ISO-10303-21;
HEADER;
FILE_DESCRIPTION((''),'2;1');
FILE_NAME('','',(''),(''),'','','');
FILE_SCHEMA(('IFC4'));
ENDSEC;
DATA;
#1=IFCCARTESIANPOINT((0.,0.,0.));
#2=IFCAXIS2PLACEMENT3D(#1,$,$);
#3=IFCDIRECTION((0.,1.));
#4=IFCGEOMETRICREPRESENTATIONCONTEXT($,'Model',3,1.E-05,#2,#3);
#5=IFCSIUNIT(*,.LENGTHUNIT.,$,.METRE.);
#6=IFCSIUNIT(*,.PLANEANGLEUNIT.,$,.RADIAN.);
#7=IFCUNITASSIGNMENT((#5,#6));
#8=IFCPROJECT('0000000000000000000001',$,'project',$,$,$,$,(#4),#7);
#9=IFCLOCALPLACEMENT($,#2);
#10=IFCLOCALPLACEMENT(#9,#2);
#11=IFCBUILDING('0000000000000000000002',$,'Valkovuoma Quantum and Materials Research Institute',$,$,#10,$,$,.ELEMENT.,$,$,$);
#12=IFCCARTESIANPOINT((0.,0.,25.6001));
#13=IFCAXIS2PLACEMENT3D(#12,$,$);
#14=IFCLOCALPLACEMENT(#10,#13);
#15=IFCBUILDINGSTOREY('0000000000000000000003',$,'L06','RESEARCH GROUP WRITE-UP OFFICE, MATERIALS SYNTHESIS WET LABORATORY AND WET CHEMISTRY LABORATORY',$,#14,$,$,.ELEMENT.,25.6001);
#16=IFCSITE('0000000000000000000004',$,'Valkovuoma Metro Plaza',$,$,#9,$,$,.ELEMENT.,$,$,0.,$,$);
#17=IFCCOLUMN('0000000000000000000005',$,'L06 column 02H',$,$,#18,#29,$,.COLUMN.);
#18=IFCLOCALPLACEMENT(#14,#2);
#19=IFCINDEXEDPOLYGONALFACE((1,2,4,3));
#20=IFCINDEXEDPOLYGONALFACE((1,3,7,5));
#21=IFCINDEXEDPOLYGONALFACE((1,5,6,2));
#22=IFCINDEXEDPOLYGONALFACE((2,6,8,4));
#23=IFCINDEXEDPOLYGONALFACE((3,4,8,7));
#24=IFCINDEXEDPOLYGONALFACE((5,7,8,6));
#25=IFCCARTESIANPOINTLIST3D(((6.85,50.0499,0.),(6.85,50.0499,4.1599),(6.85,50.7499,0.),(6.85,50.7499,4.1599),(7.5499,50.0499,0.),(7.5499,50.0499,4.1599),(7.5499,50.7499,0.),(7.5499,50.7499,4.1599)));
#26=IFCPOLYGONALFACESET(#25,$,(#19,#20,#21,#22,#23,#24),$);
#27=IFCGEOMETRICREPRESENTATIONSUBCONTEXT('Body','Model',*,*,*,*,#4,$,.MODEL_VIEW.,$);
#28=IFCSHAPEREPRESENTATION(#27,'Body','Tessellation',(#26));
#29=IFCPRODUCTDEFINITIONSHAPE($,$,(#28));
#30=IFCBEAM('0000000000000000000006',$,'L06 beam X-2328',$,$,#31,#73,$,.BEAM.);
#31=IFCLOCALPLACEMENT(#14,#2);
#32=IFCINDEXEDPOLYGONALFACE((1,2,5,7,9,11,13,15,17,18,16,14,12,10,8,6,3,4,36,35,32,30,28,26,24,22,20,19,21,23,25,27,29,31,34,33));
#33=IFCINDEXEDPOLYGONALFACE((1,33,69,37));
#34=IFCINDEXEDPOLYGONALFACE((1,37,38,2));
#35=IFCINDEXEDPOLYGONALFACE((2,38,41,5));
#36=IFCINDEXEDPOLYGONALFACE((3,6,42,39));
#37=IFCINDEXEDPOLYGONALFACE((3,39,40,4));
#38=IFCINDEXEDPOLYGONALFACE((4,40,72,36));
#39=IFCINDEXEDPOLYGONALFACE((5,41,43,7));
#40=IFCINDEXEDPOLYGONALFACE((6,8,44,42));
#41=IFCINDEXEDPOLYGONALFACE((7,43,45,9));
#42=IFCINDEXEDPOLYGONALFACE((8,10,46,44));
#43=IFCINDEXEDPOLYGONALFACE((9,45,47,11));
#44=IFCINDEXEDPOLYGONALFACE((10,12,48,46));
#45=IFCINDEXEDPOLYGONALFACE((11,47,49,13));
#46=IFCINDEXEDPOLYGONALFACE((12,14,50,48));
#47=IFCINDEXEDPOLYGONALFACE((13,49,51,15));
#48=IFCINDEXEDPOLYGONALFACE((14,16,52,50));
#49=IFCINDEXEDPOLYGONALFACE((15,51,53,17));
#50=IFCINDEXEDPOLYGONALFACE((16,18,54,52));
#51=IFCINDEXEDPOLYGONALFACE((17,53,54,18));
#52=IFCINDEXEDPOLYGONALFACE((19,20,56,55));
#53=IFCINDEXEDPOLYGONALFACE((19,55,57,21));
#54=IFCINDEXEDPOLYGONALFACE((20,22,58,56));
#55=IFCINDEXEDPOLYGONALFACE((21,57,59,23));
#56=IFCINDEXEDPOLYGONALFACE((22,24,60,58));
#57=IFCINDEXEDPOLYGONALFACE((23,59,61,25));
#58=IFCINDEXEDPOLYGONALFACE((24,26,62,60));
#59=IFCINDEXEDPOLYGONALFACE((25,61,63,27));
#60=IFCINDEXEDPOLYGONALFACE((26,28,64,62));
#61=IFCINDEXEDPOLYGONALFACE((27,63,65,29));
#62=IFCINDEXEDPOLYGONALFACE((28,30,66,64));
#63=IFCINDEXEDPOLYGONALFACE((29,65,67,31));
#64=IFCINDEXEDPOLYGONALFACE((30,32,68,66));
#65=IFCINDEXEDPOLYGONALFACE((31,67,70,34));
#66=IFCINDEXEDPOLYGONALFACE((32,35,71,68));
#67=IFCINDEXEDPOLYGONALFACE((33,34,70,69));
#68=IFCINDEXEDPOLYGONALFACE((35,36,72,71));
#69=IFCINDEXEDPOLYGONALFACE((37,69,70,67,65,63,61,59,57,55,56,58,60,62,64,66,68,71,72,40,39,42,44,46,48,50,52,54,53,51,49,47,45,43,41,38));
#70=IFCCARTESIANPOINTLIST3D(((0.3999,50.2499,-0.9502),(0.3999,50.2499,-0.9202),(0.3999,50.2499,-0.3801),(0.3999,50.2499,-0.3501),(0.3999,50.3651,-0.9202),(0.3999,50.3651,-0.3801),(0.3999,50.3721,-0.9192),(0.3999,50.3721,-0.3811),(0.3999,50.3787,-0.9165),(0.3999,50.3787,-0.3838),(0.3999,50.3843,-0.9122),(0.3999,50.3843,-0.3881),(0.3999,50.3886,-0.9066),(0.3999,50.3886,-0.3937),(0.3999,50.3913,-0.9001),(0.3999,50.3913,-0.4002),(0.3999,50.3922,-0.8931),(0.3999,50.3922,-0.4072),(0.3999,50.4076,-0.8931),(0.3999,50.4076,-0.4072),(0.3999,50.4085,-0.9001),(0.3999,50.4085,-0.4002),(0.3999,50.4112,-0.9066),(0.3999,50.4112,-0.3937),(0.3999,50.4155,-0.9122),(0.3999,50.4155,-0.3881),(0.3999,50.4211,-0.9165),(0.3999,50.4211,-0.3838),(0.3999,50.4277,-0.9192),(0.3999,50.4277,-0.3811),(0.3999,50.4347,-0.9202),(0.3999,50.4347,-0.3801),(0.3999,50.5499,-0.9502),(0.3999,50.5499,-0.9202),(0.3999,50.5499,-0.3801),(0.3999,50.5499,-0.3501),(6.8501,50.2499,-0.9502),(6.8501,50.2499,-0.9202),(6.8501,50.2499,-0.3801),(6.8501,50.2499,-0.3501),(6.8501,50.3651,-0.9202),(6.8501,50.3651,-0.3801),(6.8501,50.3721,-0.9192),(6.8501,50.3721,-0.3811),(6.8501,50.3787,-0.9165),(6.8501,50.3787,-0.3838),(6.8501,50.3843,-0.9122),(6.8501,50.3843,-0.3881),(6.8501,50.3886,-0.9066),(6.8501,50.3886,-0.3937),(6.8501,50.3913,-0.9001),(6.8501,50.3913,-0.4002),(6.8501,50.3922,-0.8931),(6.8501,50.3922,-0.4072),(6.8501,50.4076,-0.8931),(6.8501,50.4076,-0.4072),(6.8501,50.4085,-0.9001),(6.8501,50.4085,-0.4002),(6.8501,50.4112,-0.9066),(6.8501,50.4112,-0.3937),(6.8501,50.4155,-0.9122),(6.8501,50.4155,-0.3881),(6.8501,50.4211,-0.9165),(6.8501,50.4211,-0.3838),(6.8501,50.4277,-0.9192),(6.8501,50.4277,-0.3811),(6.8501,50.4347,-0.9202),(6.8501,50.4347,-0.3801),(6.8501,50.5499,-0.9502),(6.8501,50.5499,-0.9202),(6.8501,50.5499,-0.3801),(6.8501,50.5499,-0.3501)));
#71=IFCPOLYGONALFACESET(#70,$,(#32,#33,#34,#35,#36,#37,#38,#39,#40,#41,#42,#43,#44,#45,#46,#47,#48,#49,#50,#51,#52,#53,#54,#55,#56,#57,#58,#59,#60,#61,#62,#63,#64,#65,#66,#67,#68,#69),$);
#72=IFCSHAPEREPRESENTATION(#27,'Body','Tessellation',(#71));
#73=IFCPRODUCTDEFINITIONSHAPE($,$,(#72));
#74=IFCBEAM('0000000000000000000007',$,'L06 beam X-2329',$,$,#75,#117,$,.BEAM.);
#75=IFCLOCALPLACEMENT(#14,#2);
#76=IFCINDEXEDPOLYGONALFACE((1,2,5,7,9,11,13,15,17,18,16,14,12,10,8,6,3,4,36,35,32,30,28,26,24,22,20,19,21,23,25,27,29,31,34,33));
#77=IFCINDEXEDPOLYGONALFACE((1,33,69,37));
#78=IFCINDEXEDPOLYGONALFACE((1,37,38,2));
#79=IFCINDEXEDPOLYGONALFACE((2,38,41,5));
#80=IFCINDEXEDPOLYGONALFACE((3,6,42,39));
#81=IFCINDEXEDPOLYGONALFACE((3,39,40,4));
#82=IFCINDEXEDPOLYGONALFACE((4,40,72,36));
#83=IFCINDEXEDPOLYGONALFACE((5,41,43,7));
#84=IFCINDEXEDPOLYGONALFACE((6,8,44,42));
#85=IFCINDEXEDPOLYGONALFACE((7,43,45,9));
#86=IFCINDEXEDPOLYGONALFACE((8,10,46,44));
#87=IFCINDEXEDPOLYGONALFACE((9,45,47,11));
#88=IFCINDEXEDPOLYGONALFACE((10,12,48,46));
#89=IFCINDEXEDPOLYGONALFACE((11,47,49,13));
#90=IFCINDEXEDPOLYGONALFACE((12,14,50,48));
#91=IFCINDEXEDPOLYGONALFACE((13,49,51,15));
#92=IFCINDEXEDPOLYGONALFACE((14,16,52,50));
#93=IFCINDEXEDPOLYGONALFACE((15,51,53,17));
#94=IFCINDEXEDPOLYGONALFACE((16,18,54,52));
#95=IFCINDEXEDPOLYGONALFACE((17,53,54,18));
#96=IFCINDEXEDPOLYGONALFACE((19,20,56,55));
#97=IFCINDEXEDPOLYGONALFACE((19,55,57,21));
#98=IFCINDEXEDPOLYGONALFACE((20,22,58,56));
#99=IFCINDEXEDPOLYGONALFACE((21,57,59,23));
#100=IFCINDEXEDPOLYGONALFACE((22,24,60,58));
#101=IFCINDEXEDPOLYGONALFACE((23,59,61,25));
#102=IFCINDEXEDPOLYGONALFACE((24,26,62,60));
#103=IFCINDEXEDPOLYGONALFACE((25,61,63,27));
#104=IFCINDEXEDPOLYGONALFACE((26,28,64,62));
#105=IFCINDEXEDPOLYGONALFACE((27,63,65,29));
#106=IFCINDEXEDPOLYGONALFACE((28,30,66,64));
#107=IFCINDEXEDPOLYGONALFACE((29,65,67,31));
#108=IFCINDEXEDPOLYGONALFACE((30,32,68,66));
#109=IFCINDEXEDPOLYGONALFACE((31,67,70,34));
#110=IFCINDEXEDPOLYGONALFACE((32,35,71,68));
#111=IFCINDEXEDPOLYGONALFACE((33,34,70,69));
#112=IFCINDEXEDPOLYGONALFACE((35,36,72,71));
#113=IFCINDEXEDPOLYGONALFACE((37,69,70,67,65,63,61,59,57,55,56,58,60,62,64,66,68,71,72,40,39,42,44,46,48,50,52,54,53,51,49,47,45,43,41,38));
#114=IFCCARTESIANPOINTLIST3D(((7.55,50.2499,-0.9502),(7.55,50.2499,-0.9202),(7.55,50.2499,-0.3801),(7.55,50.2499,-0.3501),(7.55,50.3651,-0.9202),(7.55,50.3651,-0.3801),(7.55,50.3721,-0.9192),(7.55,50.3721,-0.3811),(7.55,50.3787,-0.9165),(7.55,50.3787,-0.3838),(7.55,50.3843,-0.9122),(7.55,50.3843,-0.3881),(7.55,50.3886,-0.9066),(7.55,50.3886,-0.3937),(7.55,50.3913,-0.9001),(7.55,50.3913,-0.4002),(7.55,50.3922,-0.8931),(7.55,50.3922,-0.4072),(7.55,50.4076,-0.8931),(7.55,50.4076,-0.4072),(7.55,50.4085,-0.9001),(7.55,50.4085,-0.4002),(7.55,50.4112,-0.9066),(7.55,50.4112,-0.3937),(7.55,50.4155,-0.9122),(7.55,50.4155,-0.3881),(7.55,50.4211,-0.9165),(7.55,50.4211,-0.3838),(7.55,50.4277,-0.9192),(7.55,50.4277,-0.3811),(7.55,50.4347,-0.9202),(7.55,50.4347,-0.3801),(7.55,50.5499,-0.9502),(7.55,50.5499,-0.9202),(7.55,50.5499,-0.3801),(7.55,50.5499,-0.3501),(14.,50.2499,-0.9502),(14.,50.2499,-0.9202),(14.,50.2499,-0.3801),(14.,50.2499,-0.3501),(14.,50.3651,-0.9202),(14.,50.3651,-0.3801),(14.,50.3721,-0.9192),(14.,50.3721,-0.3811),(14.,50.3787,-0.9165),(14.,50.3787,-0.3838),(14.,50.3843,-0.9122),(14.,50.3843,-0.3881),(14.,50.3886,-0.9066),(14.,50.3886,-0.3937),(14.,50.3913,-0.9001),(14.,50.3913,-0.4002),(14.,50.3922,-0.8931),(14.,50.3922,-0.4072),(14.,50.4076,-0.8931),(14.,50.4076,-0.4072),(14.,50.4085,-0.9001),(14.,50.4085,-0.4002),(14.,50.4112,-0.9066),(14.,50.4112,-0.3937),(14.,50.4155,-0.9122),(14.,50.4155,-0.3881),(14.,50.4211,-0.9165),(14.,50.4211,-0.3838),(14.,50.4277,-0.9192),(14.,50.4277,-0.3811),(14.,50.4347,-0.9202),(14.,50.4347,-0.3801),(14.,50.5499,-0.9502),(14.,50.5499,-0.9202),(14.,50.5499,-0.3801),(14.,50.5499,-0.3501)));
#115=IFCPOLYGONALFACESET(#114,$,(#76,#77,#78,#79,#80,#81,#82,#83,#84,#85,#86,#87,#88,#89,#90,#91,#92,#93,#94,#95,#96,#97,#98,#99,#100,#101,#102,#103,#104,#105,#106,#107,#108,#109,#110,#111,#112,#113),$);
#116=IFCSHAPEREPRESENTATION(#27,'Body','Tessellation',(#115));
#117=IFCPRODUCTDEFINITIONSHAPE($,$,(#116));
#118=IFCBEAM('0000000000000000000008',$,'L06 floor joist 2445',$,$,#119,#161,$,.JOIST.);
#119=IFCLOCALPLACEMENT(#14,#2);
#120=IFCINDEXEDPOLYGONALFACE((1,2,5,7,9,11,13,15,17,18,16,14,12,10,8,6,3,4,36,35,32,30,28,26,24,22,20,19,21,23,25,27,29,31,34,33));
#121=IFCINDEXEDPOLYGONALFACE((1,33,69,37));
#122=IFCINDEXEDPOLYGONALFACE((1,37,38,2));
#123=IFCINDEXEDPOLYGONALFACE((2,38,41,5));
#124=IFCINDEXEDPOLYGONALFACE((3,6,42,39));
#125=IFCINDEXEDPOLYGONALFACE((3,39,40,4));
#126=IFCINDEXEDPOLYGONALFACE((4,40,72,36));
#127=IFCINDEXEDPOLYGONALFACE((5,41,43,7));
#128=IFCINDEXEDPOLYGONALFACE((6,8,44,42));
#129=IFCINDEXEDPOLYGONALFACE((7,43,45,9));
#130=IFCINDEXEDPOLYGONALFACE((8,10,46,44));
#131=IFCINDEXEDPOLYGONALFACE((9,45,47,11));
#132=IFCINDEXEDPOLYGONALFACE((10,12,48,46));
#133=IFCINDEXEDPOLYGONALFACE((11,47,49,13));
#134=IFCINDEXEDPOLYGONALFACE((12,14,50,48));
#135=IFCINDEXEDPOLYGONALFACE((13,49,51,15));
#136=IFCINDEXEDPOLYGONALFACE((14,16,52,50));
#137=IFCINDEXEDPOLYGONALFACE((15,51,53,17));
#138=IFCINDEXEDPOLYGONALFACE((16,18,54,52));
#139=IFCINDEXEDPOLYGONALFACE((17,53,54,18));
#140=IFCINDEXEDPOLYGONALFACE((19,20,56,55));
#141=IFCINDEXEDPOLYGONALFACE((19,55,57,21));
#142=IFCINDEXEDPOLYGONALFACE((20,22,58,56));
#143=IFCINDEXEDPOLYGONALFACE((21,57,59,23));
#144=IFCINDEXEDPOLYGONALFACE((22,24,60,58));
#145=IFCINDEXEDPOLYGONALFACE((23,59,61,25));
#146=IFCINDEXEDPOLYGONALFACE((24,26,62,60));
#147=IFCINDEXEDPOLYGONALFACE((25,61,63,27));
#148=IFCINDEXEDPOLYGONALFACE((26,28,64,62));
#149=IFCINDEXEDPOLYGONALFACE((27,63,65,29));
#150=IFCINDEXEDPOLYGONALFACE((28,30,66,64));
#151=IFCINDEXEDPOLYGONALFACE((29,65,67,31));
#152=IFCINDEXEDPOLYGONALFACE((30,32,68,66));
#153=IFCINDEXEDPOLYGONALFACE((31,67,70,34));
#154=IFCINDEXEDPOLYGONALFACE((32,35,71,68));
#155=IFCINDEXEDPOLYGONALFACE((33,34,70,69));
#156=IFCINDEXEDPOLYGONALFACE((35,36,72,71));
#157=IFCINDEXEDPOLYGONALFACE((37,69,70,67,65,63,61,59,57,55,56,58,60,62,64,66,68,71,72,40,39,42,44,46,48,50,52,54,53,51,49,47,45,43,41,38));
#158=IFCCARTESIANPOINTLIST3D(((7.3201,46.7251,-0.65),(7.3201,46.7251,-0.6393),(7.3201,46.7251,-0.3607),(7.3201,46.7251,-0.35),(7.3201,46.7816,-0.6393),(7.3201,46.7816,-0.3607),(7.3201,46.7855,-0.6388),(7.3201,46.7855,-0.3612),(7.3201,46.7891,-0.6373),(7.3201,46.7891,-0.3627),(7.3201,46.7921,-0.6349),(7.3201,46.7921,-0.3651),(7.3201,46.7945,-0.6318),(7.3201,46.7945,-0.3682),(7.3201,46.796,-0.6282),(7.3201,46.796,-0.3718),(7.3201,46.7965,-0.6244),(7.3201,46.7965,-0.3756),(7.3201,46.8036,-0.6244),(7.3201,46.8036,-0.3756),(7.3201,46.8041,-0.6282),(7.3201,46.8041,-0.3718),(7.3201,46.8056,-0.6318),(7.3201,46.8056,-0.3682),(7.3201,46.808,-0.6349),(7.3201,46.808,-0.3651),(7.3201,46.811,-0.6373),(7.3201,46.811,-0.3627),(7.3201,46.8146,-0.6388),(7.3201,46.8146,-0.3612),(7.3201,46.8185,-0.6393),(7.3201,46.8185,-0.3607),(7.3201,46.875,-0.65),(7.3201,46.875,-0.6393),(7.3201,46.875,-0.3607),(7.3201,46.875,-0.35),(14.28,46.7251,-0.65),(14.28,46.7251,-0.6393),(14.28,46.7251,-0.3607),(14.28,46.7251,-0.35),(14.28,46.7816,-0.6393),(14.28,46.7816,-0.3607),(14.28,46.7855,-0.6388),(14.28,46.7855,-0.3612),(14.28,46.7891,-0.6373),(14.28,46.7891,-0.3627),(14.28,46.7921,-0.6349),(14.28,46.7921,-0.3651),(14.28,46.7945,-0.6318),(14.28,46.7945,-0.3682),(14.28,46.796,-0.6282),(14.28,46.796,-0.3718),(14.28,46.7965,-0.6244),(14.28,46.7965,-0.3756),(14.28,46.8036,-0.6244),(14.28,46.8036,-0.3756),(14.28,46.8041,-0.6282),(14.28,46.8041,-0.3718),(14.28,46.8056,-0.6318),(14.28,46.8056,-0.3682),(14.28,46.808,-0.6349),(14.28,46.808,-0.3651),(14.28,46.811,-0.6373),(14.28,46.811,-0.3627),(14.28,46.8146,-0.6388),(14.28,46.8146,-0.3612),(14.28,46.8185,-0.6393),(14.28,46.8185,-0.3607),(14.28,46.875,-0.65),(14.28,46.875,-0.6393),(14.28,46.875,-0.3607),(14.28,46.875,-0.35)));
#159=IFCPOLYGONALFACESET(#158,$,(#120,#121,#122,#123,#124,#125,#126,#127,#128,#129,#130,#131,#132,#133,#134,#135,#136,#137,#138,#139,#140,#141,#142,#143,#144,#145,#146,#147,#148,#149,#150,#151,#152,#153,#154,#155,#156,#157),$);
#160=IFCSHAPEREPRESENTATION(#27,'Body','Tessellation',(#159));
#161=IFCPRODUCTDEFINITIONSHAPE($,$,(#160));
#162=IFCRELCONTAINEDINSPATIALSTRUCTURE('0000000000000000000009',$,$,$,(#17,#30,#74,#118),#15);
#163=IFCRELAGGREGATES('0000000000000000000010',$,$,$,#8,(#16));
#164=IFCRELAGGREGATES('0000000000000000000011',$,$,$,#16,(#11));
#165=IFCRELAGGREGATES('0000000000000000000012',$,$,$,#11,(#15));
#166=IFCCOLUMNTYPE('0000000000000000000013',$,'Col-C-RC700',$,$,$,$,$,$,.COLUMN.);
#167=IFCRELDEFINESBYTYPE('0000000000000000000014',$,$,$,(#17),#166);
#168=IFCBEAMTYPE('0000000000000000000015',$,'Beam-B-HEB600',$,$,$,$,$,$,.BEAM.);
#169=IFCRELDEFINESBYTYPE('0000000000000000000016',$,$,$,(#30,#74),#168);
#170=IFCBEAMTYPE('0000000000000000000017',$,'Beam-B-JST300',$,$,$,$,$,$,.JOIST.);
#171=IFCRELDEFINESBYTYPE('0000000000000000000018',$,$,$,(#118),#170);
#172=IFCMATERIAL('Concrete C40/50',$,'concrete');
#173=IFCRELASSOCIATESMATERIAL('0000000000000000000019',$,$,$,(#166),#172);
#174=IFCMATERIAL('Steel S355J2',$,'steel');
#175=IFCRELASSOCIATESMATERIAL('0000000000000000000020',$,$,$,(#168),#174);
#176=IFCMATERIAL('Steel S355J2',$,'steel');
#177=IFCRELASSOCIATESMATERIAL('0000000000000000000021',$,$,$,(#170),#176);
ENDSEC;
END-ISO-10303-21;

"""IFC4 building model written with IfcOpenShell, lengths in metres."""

from ifc_helpers import new_model, si_unit, direction, frame, origin, origin_2d, place, context, subcontext, project, spatial, rectangle, i_section, extrude, material, material_profile, profile_set, type_object, element, save


model = new_model("IFC4")

# Units and contexts
model_context = context("Model", 3, precision=1e-05, world=origin(), true_north=direction((0.0, 1.0)))
body_context = subcontext(model_context, "Body", "Model", "MODEL_VIEW")
ifc_project = project(units=[si_unit("LENGTHUNIT", "METRE"), si_unit("PLANEANGLEUNIT", "RADIAN")], contexts=[model_context])

# Site, building, storey
site_placement = place(None, origin())
site = spatial("IfcSite", under=ifc_project, at=site_placement, Name="Valkovuoma Metro Plaza", CompositionType="ELEMENT", RefElevation=0.0)
building_placement = place(site_placement, origin())
building = spatial("IfcBuilding", under=site, at=building_placement, Name="Valkovuoma Quantum and Materials Research Institute", CompositionType="ELEMENT")
storey_placement = place(building_placement, frame((0.0, 0.0, 25.6001)))
storey = spatial("IfcBuildingStorey", under=building, at=storey_placement, Name="L06", Description="RESEARCH GROUP WRITE-UP OFFICE, MATERIALS SYNTHESIS WET LABORATORY AND WET CHEMISTRY LABORATORY", CompositionType="ELEMENT", Elevation=25.6001)

# Column
ifc_material_1 = material(Name="Concrete C40/50", Category="concrete")
ifc_material_profile_1 = material_profile(ifc_material_1, rectangle(XDim=0.7, YDim=0.7, at=origin_2d()), Name="Concrete C40/50")
ifc_profile_set_1 = profile_set([ifc_material_profile_1], Name="Concrete C40/50")
column_type = type_object("IfcColumnType", Name="Col-C-RC700", PredefinedType="COLUMN", material=ifc_profile_set_1)
column_placement = place(storey_placement, frame((7.2, 50.3999, 0.0), z_axis=(0.0, 0.0, 1.0), x_axis=(1.0, 0.0, 0.0)))
element("IfcColumn", 1, at=column_placement, inside=storey, type_object=column_type, Name="L06 column 02H", PredefinedType="COLUMN", context=body_context, shape_type="SweptSolid", body=[
    extrude(rectangle(XDim=0.7, YDim=0.7, at=origin_2d()), origin(), (0.0, 0.0, 1.0), 4.1599),
])

# Beams
ifc_material_2 = material(Name="Steel S355J2", Category="steel")
ifc_material_profile_2 = material_profile(ifc_material_2, i_section(OverallWidth=0.3, OverallDepth=0.6001, WebThickness=0.0154, FlangeThickness=0.03, FilletRadius=0.0271, at=origin_2d()), Name="Steel S355J2")
ifc_profile_set_2 = profile_set([ifc_material_profile_2], Name="Steel S355J2")
beam_type_1 = type_object("IfcBeamType", Name="Beam-B-HEB600", PredefinedType="BEAM", material=ifc_profile_set_2)
beam_1_placement = place(storey_placement, frame((0.3999, 50.3999, -0.6501), z_axis=(1.0, 0.0, 0.0), x_axis=(0.0, 1.0, 0.0)))
element("IfcBeam", 2, at=beam_1_placement, inside=storey, type_object=beam_type_1, Name="L06 beam X-2328", PredefinedType="BEAM", context=body_context, shape_type="SweptSolid", body=[
    extrude(i_section(OverallWidth=0.3, OverallDepth=0.6001, WebThickness=0.0154, FlangeThickness=0.03, FilletRadius=0.0271, at=origin_2d()), origin(), (0.0, 0.0, 1.0), 6.4502),
])
beam_2_placement = place(storey_placement, frame((7.55, 50.3999, -0.6501), z_axis=(1.0, 0.0, 0.0), x_axis=(0.0, 1.0, 0.0)))
element("IfcBeam", 3, at=beam_2_placement, inside=storey, type_object=beam_type_1, Name="L06 beam X-2329", PredefinedType="BEAM", context=body_context, shape_type="SweptSolid", body=[
    extrude(i_section(OverallWidth=0.3, OverallDepth=0.6001, WebThickness=0.0154, FlangeThickness=0.03, FilletRadius=0.0271, at=origin_2d()), origin(), (0.0, 0.0, 1.0), 6.45),
])
ifc_material_3 = material(Name="Steel S355J2", Category="steel")
ifc_material_profile_3 = material_profile(ifc_material_3, i_section(OverallWidth=0.1499, OverallDepth=0.3, WebThickness=0.0071, FlangeThickness=0.0107, FilletRadius=0.0149, at=origin_2d()), Name="Steel S355J2")
ifc_profile_set_3 = profile_set([ifc_material_profile_3], Name="Steel S355J2")
beam_type_2 = type_object("IfcBeamType", Name="Beam-B-JST300", PredefinedType="JOIST", material=ifc_profile_set_3)
for number, where, z_axis, x_axis, name in (
    (4, (7.3201, 46.8, -0.5), (1.0, 0.0, 0.0), (0.0, 1.0, 0.0), "L06 floor joist 2445"),
):
    element("IfcBeam", number, at=place(storey_placement, frame(where, z_axis=z_axis, x_axis=x_axis)), inside=storey, type_object=beam_type_2, Name=name, PredefinedType="JOIST", context=body_context, shape_type="SweptSolid", body=[
        extrude(i_section(OverallWidth=0.1499, OverallDepth=0.3, WebThickness=0.0071, FlangeThickness=0.0107, FilletRadius=0.0149, at=origin_2d()), origin(), (0.0, 0.0, 1.0), 6.96),
    ])

save(model, "model.ifc")
